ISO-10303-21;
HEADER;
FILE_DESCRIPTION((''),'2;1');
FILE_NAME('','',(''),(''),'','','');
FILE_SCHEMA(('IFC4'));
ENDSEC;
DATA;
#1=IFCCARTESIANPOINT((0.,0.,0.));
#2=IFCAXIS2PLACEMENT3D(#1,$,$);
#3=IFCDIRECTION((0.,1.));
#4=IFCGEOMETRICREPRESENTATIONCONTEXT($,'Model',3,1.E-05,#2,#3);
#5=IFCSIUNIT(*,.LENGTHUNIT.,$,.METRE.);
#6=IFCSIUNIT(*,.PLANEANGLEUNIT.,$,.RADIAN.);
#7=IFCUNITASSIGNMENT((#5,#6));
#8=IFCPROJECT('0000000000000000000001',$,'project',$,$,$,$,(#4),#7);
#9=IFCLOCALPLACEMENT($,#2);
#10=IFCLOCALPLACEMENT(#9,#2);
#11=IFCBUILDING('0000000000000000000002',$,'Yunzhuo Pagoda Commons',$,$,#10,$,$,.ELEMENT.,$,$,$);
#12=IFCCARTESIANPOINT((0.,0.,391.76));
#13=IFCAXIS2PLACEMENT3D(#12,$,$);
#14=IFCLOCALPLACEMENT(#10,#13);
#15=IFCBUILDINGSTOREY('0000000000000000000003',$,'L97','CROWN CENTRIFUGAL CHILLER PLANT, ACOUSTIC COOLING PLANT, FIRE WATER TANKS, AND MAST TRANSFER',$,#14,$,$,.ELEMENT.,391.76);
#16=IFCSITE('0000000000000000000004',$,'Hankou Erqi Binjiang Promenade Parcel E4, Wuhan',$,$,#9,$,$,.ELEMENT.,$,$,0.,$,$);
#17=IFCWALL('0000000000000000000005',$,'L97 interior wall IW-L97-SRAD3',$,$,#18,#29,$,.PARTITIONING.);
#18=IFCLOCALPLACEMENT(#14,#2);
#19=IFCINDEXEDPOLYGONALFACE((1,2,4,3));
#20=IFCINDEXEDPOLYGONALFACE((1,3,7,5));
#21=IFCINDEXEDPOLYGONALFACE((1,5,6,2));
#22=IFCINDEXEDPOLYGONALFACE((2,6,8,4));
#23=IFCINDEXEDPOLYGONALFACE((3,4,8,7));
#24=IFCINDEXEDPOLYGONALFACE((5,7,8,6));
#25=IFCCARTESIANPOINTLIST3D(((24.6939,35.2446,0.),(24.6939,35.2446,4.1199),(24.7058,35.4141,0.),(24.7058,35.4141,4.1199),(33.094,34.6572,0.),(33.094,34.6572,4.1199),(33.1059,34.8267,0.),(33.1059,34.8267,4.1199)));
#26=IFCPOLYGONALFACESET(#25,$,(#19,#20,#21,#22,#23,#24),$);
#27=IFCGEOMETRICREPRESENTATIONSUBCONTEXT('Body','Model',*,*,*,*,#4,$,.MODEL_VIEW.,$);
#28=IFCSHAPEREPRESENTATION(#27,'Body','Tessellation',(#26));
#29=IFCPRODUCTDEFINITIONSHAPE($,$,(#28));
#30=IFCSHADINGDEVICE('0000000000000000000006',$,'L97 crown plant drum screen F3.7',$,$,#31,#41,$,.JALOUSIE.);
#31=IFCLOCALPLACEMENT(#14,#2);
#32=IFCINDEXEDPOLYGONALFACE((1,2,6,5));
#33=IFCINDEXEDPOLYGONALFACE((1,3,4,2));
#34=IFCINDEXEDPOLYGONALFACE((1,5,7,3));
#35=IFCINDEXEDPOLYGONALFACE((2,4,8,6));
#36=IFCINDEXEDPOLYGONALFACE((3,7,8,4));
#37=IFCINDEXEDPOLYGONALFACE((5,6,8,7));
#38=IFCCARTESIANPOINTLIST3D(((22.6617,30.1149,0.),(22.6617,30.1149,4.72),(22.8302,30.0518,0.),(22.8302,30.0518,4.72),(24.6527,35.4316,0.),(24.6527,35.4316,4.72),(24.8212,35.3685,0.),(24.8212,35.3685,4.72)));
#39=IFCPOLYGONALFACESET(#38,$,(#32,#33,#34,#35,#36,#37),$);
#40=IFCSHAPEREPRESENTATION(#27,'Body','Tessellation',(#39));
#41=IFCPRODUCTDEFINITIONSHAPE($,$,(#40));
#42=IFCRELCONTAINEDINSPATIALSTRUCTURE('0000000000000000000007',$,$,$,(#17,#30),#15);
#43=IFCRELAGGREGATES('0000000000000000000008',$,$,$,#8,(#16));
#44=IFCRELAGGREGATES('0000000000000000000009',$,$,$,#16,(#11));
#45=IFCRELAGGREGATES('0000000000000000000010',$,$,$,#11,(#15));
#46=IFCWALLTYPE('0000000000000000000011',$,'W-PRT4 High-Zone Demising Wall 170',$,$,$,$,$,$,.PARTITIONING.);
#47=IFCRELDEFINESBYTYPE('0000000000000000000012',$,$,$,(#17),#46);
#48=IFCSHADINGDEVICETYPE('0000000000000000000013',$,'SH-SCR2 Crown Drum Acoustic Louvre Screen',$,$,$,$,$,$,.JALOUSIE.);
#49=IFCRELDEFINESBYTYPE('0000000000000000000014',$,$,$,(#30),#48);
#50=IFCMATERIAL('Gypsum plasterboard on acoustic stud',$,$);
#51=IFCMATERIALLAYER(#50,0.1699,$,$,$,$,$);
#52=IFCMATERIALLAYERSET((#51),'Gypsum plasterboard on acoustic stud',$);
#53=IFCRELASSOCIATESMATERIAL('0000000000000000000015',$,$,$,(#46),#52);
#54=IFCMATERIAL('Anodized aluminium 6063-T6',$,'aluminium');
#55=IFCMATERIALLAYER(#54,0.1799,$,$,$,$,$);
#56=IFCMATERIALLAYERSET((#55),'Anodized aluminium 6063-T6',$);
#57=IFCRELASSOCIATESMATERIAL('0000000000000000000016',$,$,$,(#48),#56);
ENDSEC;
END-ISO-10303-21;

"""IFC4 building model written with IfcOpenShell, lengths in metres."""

from ifc_helpers import new_model, si_unit, direction, frame, frame_2d, origin, origin_2d, place, context, subcontext, project, spatial, rectangle, extrude, source, transform, mapped, material, layer, layer_set, type_object, element, save


model = new_model("IFC4")

# Units and contexts
model_context = context("Model", 3, precision=1e-05, world=origin(), true_north=direction((0.0, 1.0)))
body_context = subcontext(model_context, "Body", "Model", "MODEL_VIEW")
ifc_project = project(units=[si_unit("LENGTHUNIT", "METRE"), si_unit("PLANEANGLEUNIT", "RADIAN")], contexts=[model_context])

# Site, building, storey
site_placement = place(None, origin())
site = spatial("IfcSite", under=ifc_project, at=site_placement, Name="Hankou Erqi Binjiang Promenade Parcel E4, Wuhan", CompositionType="ELEMENT", RefElevation=0.0)
building_placement = place(site_placement, origin())
building = spatial("IfcBuilding", under=site, at=building_placement, Name="Yunzhuo Pagoda Commons", CompositionType="ELEMENT")
storey_placement = place(building_placement, frame((0.0, 0.0, 391.76)))
storey = spatial("IfcBuildingStorey", under=building, at=storey_placement, Name="L97", Description="CROWN CENTRIFUGAL CHILLER PLANT, ACOUSTIC COOLING PLANT, FIRE WATER TANKS, AND MAST TRANSFER", CompositionType="ELEMENT", Elevation=391.76)

# Shared definitions
ifc_material_1 = material(Name="Anodized aluminium 6063-T6", Category="aluminium")

# Wall
ifc_material_2 = material(Name="Gypsum plasterboard on acoustic stud")
ifc_layer_1 = layer(ifc_material_2, 0.1699)
ifc_layer_set_1 = layer_set([ifc_layer_1], Name="Gypsum plasterboard on acoustic stud")
wall_type_1 = type_object("IfcWallType", Name="W-PRT4 High-Zone Demising Wall 170", PredefinedType="PARTITIONING", material=ifc_layer_set_1)
wall_1_placement = place(storey_placement, frame((33.1001, 34.7419, 0.0), z_axis=(0.0, 0.0, 1.0), x_axis=(-0.997564, 0.069757, 0.0)))
element("IfcWall", 1, at=wall_1_placement, inside=storey, type_object=wall_type_1, Name="L97 interior wall IW-L97-SRAD3", PredefinedType="PARTITIONING", context=body_context, shape_type="SweptSolid", body=[
    extrude(rectangle(XDim=8.4207, YDim=0.1699, at=frame_2d((4.2104, 0.0))), origin(), (0.0, 0.0, 1.0), 4.1199),
])

# Shading device
ifc_layer_2 = layer(ifc_material_1, 0.1799)
ifc_layer_set_2 = layer_set([ifc_layer_2], Name="Anodized aluminium 6063-T6")
shading_device_type = type_object("IfcShadingDeviceType", Name="SH-SCR2 Crown Drum Acoustic Louvre Screen", PredefinedType="JALOUSIE", material=ifc_layer_set_2)
shared_shape_1 = source(origin(), body_context, "Body", "SweptSolid", [
    extrude(rectangle(XDim=5.6772, YDim=0.1799, at=origin_2d()), origin(), (0.0, 0.0, 1.0), 4.72),
])
shading_device_placement = place(storey_placement, frame((23.7415, 32.7417, 0.0), z_axis=(0.0, 0.0, 1.0), x_axis=(-0.350698, -0.936489, 0.0)))
element("IfcShadingDevice", 2, at=shading_device_placement, inside=storey, type_object=shading_device_type, Name="L97 crown plant drum screen F3.7", PredefinedType="JALOUSIE", context=body_context, shape_type="MappedRepresentation", body=[
    mapped(shared_shape_1, transform((0.0, 0.0, 0.0), scale=1.0)),
])

save(model, "model.ifc")
